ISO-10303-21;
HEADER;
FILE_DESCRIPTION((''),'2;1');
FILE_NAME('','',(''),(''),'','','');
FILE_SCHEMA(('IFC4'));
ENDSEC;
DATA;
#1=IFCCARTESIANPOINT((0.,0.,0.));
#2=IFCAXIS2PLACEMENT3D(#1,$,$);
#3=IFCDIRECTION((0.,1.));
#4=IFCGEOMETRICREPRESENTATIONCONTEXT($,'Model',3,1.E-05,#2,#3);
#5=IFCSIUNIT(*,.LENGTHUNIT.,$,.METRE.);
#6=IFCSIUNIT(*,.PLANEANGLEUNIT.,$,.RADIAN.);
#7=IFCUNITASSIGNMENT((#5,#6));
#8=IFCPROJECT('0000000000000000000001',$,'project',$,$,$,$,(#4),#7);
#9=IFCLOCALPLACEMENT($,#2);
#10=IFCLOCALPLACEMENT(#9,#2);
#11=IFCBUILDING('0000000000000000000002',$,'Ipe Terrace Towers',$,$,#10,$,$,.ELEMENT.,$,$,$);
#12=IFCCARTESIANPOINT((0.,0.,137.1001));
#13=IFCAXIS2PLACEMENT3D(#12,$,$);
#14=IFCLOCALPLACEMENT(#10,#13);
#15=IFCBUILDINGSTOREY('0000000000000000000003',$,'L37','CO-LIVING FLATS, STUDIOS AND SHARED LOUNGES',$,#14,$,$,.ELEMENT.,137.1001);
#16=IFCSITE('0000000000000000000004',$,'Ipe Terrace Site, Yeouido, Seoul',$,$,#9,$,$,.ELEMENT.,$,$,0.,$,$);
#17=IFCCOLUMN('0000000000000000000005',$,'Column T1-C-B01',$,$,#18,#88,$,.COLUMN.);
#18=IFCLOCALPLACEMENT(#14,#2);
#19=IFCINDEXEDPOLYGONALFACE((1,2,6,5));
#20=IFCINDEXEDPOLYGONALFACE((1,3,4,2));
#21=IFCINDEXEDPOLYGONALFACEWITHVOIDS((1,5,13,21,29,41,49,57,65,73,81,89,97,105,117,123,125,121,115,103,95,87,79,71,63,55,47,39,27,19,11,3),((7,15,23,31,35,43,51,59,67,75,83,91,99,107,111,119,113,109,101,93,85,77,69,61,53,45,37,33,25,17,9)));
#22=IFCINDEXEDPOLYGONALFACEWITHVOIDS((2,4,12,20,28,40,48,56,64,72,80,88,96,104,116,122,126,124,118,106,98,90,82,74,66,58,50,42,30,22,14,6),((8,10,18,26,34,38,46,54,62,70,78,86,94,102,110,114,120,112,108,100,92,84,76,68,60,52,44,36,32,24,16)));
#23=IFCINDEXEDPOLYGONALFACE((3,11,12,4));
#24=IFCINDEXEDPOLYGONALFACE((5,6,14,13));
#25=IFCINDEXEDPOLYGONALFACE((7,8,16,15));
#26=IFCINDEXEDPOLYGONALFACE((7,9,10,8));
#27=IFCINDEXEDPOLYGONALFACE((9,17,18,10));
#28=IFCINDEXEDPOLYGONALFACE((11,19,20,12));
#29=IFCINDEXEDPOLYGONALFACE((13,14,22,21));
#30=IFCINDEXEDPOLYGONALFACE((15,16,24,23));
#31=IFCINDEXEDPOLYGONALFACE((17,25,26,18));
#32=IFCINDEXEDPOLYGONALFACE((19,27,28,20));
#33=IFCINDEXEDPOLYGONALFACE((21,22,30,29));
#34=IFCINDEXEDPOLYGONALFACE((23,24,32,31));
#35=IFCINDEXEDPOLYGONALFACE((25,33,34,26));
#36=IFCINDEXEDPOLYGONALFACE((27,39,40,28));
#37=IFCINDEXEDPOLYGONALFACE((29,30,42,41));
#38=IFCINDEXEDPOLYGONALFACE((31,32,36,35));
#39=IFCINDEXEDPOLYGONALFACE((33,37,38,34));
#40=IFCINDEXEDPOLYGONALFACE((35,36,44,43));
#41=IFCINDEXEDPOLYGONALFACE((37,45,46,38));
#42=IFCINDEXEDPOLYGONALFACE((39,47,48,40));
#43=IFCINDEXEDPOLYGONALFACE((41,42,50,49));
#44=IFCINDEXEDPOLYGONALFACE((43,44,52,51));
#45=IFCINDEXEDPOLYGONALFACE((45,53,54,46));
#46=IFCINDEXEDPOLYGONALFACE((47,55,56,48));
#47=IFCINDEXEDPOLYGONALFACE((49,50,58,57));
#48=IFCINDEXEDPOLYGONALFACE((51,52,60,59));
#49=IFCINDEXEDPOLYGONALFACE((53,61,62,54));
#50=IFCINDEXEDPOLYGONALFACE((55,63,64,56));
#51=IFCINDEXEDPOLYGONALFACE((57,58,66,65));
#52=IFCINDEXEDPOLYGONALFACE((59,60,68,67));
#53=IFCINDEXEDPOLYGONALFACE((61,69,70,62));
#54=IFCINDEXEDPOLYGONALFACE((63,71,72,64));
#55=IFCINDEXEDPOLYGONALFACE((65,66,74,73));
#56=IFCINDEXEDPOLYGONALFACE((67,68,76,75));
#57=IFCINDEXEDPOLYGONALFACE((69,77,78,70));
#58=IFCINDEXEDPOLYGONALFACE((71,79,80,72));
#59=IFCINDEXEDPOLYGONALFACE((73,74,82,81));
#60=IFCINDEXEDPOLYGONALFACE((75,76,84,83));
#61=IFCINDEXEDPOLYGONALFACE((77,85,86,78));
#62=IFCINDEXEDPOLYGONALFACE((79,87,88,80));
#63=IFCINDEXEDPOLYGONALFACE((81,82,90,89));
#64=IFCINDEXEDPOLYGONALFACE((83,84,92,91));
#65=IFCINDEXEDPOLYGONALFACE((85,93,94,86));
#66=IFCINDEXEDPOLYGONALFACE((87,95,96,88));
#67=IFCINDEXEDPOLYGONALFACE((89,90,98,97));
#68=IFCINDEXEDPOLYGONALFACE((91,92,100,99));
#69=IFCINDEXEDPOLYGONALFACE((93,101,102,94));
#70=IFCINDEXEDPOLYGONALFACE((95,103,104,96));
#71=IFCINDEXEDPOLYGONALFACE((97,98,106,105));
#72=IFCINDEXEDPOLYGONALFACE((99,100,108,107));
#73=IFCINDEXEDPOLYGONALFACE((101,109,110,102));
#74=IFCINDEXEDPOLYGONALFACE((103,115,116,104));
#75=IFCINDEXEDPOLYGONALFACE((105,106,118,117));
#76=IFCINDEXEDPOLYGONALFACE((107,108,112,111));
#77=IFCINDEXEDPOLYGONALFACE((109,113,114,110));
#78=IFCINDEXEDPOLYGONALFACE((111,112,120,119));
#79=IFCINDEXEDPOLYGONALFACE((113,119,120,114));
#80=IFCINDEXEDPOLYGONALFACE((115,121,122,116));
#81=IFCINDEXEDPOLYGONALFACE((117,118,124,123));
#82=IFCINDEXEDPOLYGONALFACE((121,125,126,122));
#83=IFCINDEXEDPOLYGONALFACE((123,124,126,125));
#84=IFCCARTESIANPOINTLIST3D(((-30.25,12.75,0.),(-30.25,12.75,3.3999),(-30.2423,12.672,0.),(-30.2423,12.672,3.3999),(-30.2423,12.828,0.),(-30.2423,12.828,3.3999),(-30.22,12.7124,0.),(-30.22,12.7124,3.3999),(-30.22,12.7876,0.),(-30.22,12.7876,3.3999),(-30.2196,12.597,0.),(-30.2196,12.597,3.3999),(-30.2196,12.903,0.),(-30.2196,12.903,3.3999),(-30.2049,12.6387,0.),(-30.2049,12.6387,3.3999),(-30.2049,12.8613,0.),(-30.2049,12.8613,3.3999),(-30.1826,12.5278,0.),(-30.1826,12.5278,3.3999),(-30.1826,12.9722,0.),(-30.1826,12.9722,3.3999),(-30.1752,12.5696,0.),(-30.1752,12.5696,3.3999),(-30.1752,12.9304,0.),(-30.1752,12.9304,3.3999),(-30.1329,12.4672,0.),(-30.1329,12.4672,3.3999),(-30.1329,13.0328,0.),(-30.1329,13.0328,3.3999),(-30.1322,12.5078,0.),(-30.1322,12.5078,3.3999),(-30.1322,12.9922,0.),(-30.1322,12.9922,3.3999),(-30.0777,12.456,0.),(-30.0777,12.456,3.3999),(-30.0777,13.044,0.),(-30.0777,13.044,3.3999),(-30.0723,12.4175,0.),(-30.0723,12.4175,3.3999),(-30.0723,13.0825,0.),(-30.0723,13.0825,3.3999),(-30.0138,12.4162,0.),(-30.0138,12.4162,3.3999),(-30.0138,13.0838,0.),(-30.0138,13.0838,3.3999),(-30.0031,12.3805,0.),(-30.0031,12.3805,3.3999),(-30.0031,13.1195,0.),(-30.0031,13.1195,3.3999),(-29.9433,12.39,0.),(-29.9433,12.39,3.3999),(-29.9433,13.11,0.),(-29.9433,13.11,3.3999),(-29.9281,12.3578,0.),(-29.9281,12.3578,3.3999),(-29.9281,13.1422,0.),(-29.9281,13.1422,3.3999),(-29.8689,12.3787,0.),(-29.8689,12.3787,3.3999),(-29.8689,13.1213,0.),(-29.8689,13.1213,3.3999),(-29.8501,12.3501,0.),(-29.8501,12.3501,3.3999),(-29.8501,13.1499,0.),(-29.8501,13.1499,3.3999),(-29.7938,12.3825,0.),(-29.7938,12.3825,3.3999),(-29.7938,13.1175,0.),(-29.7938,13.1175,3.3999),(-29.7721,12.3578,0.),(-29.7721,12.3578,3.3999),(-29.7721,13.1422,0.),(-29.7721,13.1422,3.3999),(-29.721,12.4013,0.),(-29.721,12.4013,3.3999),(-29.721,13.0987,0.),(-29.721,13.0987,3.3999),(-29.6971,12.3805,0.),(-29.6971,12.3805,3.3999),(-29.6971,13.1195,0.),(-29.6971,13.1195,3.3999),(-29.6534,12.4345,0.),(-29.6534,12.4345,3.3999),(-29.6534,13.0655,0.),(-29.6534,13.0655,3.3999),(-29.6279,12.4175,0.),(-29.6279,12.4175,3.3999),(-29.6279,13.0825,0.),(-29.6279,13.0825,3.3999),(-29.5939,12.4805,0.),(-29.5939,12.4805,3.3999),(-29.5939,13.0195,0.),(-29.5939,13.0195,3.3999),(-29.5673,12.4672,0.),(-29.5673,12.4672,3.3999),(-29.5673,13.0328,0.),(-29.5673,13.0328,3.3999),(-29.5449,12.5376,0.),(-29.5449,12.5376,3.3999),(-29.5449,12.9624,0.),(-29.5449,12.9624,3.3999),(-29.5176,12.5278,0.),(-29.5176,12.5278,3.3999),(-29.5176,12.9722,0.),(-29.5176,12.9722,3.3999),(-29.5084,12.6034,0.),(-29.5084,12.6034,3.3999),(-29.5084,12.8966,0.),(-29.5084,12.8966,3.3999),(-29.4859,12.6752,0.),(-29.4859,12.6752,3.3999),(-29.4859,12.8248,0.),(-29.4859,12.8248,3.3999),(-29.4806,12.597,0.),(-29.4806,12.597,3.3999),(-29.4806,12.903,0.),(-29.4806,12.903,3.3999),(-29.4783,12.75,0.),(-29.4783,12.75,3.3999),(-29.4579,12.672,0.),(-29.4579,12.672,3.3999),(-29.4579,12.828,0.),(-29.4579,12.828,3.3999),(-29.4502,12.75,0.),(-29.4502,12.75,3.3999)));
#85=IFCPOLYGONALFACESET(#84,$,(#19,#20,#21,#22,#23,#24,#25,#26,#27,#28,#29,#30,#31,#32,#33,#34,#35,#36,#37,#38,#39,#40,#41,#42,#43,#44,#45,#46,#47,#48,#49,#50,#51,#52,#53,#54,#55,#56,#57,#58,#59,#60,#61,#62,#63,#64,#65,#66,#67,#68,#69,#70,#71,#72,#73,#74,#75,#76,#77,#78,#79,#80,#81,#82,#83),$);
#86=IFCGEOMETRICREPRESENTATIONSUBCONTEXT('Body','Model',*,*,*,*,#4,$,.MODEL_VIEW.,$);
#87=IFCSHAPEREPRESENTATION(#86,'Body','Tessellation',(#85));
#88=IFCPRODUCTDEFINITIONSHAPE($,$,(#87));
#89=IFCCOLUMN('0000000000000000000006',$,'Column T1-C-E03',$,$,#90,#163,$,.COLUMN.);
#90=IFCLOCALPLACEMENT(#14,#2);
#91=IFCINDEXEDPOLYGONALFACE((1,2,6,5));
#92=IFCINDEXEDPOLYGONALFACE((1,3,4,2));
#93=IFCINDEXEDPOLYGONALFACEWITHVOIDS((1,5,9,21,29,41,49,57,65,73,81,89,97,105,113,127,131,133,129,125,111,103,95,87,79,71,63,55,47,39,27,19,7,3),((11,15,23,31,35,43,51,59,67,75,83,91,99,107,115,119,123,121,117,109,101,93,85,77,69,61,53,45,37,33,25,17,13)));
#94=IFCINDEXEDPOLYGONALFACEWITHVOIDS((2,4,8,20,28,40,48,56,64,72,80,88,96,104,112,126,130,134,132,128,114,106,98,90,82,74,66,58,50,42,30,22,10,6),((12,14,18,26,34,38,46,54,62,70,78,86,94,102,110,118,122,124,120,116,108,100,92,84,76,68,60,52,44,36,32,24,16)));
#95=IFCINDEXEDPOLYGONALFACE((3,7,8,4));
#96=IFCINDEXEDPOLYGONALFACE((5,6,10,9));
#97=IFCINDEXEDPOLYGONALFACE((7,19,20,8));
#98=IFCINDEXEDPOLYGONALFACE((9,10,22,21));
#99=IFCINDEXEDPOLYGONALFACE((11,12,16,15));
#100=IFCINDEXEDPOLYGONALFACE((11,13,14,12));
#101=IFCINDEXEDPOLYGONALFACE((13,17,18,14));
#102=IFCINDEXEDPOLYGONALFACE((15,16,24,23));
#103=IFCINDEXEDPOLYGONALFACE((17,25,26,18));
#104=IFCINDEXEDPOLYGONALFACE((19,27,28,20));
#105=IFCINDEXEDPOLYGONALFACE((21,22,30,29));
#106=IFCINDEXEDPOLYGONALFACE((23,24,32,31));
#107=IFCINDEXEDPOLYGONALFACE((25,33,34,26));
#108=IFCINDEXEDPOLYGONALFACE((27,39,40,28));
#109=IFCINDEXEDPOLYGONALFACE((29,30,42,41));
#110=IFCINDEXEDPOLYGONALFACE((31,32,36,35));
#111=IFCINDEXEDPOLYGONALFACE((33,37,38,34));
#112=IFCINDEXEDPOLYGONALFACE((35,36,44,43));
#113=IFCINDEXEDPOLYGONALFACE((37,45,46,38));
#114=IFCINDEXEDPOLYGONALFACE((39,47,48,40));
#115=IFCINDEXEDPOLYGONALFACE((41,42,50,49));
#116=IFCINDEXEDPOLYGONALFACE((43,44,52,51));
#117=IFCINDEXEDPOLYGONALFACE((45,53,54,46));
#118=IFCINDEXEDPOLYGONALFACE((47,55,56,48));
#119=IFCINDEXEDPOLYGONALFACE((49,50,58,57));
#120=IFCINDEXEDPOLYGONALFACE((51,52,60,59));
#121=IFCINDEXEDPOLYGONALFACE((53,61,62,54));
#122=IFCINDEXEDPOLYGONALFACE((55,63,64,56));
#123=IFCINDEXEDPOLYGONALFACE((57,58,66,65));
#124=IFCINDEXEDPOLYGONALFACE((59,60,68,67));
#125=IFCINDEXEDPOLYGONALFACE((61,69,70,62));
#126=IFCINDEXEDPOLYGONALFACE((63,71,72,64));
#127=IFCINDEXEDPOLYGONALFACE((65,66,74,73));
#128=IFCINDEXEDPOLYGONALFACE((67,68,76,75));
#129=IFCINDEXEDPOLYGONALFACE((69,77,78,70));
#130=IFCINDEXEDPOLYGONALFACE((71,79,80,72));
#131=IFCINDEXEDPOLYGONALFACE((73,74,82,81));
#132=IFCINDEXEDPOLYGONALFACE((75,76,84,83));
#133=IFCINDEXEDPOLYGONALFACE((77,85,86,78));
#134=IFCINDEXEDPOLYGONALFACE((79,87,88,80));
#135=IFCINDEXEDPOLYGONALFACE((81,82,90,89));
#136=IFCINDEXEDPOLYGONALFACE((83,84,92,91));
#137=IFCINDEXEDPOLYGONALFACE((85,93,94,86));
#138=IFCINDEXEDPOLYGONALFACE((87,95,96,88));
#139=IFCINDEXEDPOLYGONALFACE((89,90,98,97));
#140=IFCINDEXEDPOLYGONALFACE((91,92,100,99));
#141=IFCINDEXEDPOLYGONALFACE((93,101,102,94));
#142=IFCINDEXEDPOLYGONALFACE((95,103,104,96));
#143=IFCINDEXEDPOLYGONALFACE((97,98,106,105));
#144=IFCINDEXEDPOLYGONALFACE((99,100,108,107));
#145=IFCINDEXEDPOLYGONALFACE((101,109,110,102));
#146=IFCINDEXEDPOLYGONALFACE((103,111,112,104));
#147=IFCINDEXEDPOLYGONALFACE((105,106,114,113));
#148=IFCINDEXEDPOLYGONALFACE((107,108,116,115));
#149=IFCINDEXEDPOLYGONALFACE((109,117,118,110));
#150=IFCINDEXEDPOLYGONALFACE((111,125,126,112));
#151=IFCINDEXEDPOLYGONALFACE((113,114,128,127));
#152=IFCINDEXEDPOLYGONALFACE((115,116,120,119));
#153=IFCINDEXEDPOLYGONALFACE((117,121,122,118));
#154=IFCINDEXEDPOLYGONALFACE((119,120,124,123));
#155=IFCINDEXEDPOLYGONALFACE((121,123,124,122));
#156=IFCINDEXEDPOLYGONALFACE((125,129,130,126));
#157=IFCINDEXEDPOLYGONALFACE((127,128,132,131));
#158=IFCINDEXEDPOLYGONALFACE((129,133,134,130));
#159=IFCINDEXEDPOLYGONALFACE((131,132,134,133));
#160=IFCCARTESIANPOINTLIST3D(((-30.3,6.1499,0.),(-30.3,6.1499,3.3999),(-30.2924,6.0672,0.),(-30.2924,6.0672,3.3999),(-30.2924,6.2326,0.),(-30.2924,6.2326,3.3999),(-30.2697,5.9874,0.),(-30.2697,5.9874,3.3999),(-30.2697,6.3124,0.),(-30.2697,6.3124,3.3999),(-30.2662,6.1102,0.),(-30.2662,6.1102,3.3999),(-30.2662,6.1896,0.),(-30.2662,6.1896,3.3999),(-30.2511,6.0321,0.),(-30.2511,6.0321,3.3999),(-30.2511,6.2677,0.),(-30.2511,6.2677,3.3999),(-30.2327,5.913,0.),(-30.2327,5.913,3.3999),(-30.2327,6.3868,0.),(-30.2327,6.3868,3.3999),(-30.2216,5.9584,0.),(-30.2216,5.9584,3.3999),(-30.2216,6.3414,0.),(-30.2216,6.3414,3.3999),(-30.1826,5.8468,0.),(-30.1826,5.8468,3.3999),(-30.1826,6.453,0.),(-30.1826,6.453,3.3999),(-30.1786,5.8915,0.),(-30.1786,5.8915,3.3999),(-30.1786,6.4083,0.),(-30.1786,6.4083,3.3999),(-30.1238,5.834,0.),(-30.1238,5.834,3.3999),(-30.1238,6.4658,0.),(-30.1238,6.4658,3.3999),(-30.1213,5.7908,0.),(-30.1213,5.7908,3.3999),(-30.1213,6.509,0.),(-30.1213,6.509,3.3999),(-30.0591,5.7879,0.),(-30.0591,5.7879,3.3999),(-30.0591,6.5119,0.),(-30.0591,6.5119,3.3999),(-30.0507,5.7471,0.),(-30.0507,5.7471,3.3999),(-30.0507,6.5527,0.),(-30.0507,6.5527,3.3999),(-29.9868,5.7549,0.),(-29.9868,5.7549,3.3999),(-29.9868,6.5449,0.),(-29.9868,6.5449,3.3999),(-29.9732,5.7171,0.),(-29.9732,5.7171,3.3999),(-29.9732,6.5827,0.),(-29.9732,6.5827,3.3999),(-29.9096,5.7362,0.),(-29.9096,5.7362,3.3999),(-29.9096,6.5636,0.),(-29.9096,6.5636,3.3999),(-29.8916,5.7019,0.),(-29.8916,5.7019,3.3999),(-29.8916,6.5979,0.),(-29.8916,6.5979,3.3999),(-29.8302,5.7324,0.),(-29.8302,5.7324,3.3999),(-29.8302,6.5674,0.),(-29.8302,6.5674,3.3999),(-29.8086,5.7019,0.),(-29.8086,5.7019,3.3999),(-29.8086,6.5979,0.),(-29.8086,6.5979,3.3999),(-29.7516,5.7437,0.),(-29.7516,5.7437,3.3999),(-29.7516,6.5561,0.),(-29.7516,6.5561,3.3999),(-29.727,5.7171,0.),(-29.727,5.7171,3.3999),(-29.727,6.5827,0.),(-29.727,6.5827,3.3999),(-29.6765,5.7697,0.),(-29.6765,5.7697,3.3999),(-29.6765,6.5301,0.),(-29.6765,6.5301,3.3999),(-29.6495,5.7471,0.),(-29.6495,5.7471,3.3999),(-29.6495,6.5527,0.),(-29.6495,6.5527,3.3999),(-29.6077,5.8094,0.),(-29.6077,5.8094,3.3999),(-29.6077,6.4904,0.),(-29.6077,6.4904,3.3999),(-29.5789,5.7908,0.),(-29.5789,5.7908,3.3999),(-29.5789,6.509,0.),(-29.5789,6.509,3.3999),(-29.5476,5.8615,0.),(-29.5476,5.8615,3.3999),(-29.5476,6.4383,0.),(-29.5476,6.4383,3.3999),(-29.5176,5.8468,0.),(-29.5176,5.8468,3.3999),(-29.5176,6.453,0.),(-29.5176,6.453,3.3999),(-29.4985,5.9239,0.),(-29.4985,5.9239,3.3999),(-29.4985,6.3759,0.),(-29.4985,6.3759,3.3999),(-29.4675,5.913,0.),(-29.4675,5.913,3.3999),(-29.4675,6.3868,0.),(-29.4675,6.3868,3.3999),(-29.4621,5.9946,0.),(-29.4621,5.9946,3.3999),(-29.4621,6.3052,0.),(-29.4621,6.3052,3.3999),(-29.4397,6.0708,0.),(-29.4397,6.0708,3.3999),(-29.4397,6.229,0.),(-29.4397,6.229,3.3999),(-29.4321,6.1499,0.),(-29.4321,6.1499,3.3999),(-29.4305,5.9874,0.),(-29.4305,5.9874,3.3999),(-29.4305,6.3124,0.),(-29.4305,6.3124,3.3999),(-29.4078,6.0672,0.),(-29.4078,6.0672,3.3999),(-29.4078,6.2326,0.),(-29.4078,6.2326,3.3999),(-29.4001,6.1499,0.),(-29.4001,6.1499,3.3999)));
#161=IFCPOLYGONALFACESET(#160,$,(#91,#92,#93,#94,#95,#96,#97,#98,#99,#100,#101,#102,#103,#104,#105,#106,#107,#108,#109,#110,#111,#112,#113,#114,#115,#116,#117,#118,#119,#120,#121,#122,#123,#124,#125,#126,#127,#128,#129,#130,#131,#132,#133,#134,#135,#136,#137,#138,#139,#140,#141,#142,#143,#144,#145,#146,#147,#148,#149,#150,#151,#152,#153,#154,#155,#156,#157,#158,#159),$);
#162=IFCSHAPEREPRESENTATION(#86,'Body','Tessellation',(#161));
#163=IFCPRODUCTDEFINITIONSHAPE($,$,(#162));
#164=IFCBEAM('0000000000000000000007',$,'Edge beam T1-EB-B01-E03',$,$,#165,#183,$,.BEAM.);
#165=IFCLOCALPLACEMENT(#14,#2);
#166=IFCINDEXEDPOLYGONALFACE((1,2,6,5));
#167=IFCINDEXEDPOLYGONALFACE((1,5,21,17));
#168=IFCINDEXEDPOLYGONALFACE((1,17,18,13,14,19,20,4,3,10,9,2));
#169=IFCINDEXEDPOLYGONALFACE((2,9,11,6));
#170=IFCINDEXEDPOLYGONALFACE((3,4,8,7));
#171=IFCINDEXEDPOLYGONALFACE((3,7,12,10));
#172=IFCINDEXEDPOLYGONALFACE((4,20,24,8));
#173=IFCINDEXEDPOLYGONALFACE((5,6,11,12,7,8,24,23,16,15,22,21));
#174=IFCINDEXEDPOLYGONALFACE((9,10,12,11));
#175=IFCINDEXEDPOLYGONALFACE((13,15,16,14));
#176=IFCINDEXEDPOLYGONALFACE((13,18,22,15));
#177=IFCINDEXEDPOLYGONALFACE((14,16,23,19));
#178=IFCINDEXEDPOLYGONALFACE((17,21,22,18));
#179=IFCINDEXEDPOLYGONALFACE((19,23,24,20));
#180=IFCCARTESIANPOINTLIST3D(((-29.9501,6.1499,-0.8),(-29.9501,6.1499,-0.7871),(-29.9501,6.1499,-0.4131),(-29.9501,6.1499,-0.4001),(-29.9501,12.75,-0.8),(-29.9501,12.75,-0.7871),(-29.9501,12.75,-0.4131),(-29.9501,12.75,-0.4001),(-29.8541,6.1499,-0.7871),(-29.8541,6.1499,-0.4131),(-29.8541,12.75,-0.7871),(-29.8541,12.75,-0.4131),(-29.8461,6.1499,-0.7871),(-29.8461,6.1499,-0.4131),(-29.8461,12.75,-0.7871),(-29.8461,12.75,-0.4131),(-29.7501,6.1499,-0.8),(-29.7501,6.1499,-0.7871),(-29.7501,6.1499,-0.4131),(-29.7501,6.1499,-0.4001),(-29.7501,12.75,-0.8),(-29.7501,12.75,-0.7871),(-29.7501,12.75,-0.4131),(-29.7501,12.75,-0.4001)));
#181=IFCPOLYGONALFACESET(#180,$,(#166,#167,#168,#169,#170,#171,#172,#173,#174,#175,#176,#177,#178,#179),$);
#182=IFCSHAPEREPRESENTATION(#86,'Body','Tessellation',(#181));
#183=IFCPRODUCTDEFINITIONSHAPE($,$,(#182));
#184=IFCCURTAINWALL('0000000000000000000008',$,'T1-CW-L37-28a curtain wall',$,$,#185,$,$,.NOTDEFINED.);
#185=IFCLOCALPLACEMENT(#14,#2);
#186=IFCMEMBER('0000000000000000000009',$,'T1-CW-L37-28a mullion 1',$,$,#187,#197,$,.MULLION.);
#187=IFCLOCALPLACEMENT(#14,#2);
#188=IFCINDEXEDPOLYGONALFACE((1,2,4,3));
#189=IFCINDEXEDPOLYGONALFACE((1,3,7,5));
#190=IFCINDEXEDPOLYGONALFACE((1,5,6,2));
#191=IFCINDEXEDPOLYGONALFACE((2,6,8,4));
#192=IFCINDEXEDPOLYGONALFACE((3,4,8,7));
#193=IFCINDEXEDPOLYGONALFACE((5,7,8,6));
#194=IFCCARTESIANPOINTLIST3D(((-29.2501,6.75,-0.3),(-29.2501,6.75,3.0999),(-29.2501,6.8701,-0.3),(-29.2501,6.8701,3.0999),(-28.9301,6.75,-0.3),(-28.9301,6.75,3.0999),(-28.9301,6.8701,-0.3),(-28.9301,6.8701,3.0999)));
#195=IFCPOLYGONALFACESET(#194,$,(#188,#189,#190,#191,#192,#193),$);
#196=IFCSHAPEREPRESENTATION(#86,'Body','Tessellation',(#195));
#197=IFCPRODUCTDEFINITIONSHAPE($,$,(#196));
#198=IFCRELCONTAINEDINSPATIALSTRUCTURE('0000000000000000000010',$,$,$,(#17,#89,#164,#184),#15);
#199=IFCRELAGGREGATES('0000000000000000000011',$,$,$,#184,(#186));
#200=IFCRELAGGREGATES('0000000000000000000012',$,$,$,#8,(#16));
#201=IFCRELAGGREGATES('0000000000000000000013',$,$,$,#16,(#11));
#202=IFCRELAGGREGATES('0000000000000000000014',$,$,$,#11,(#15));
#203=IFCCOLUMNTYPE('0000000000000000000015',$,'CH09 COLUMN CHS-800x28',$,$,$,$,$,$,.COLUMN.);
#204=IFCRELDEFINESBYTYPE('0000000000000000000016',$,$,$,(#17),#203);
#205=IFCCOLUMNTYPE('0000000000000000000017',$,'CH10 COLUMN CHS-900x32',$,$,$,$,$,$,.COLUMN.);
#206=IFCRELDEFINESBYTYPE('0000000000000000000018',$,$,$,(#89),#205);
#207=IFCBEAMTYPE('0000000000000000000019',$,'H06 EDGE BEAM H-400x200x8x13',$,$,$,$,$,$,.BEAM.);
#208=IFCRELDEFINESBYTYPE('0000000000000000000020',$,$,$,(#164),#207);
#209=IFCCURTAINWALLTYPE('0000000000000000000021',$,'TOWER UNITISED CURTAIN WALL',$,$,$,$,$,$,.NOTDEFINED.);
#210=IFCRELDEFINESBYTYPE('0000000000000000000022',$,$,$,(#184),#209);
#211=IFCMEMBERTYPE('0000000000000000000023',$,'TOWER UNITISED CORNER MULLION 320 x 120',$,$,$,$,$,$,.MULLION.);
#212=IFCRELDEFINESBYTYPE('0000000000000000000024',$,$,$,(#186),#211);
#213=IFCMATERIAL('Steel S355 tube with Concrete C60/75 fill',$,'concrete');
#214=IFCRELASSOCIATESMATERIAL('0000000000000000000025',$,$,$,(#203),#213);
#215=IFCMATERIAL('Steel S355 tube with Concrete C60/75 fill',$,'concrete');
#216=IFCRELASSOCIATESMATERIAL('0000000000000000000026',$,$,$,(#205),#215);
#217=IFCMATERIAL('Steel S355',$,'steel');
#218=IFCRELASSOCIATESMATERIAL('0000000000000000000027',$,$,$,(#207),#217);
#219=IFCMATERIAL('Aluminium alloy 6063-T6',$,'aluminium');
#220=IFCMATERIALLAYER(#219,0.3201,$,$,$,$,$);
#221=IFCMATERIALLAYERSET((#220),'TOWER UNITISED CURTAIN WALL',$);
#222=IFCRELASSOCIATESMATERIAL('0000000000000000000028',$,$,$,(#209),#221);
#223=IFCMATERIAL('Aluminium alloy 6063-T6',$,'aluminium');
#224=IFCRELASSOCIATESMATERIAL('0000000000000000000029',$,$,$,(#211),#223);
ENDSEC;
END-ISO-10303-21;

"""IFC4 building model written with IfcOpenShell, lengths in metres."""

from ifc_helpers import new_model, si_unit, direction, frame, origin, origin_2d, place, context, subcontext, project, spatial, rectangle, hollow_circle, i_section, extrude, material, layer, layer_set, material_profile, profile_set, type_object, element, aggregate, save


model = new_model("IFC4")

# Units and contexts
model_context = context("Model", 3, precision=1e-05, world=origin(), true_north=direction((0.0, 1.0)))
body_context = subcontext(model_context, "Body", "Model", "MODEL_VIEW")
ifc_project = project(units=[si_unit("LENGTHUNIT", "METRE"), si_unit("PLANEANGLEUNIT", "RADIAN")], contexts=[model_context])

# Site, building, storey
site_placement = place(None, origin())
site = spatial("IfcSite", under=ifc_project, at=site_placement, Name="Ipe Terrace Site, Yeouido, Seoul", CompositionType="ELEMENT", RefElevation=0.0)
building_placement = place(site_placement, origin())
building = spatial("IfcBuilding", under=site, at=building_placement, Name="Ipe Terrace Towers", CompositionType="ELEMENT")
storey_placement = place(building_placement, frame((0.0, 0.0, 137.1001)))
storey = spatial("IfcBuildingStorey", under=building, at=storey_placement, Name="L37", Description="CO-LIVING FLATS, STUDIOS AND SHARED LOUNGES", CompositionType="ELEMENT", Elevation=137.1001)

# Columns
ifc_material_1 = material(Name="Steel S355 tube with Concrete C60/75 fill", Category="concrete")
ifc_material_profile_1 = material_profile(ifc_material_1, hollow_circle(Radius=0.3999, WallThickness=0.0281, at=origin_2d()), Name="CHS-800x28")
ifc_profile_set_1 = profile_set([ifc_material_profile_1], Name="Steel S355 tube with Concrete C60/75 fill")
column_type_1 = type_object("IfcColumnType", Name="CH09 COLUMN CHS-800x28", PredefinedType="COLUMN", material=ifc_profile_set_1)
column_1_placement = place(storey_placement, frame((-29.8501, 12.75, 0.0), z_axis=(0.0, 0.0, 1.0), x_axis=(1.0, 0.0, 0.0)))
element("IfcColumn", 1, at=column_1_placement, inside=storey, type_object=column_type_1, Name="Column T1-C-B01", PredefinedType="COLUMN", context=body_context, shape_type="SweptSolid", body=[
    extrude(hollow_circle(Radius=0.3999, WallThickness=0.0281, at=origin_2d()), origin(), (0.0, 0.0, 1.0), 3.3999),
])
ifc_material_2 = material(Name="Steel S355 tube with Concrete C60/75 fill", Category="concrete")
ifc_material_profile_2 = material_profile(ifc_material_2, hollow_circle(Radius=0.45, WallThickness=0.032, at=origin_2d()), Name="CHS-900x32")
ifc_profile_set_2 = profile_set([ifc_material_profile_2], Name="Steel S355 tube with Concrete C60/75 fill")
column_type_2 = type_object("IfcColumnType", Name="CH10 COLUMN CHS-900x32", PredefinedType="COLUMN", material=ifc_profile_set_2)
column_2_placement = place(storey_placement, frame((-29.8501, 6.1499, 0.0), z_axis=(0.0, 0.0, 1.0), x_axis=(1.0, 0.0, 0.0)))
element("IfcColumn", 2, at=column_2_placement, inside=storey, type_object=column_type_2, Name="Column T1-C-E03", PredefinedType="COLUMN", context=body_context, shape_type="SweptSolid", body=[
    extrude(hollow_circle(Radius=0.45, WallThickness=0.032, at=origin_2d()), origin(), (0.0, 0.0, 1.0), 3.3999),
])

# Beam
ifc_material_3 = material(Name="Steel S355", Category="steel")
ifc_material_profile_3 = material_profile(ifc_material_3, i_section(OverallWidth=0.2, OverallDepth=0.3999, WebThickness=0.0081, FlangeThickness=0.0129, at=origin_2d()), Name="H-400x200x8x13")
ifc_profile_set_3 = profile_set([ifc_material_profile_3], Name="Steel S355")
beam_type = type_object("IfcBeamType", Name="H06 EDGE BEAM H-400x200x8x13", PredefinedType="BEAM", material=ifc_profile_set_3)
beam_placement = place(storey_placement, frame((-29.8501, 12.75, -0.6001), z_axis=(0.0, -1.0, 0.0), x_axis=(1.0, 0.0, 0.0)))
element("IfcBeam", 3, at=beam_placement, inside=storey, type_object=beam_type, Name="Edge beam T1-EB-B01-E03", PredefinedType="BEAM", context=body_context, shape_type="SweptSolid", body=[
    extrude(i_section(OverallWidth=0.2, OverallDepth=0.3999, WebThickness=0.0081, FlangeThickness=0.0129, at=origin_2d()), origin(), (0.0, 0.0, 1.0), 6.6001),
])

# Curtain wall, member
ifc_material_4 = material(Name="Aluminium alloy 6063-T6", Category="aluminium")
ifc_layer_1 = layer(ifc_material_4, 0.3201)
ifc_layer_set_1 = layer_set([ifc_layer_1], Name="TOWER UNITISED CURTAIN WALL")
curtain_wall_type = type_object("IfcCurtainWallType", Name="TOWER UNITISED CURTAIN WALL", PredefinedType="NOTDEFINED", material=ifc_layer_set_1)
curtain_wall_placement = place(storey_placement, origin())
curtain_wall = element("IfcCurtainWall", 4, at=curtain_wall_placement, inside=storey, type_object=curtain_wall_type, Name="T1-CW-L37-28a curtain wall", PredefinedType="NOTDEFINED")
ifc_material_5 = material(Name="Aluminium alloy 6063-T6", Category="aluminium")
ifc_material_profile_4 = material_profile(ifc_material_5, rectangle(XDim=0.3201, YDim=0.1201, at=origin_2d()), Name="TOWER UNITISED CORNER MULLION 320 x 120")
ifc_profile_set_4 = profile_set([ifc_material_profile_4], Name="Aluminium alloy 6063-T6")
member_type = type_object("IfcMemberType", Name="TOWER UNITISED CORNER MULLION 320 x 120", PredefinedType="MULLION", material=ifc_profile_set_4)
member_1_placement = place(storey_placement, frame((-29.0901, 6.8101, -0.3), z_axis=(0.0, 0.0, 1.0), x_axis=(1.0, 0.0, 0.0)))
member_1 = element("IfcMember", 5, at=member_1_placement, type_object=member_type, Name="T1-CW-L37-28a mullion 1", PredefinedType="MULLION", context=body_context, shape_type="SweptSolid", body=[
    extrude(rectangle(XDim=0.3201, YDim=0.1201, at=origin_2d()), origin(), (0.0, 0.0, 1.0), 3.3999),
])
aggregate(curtain_wall, [member_1])

save(model, "model.ifc")
